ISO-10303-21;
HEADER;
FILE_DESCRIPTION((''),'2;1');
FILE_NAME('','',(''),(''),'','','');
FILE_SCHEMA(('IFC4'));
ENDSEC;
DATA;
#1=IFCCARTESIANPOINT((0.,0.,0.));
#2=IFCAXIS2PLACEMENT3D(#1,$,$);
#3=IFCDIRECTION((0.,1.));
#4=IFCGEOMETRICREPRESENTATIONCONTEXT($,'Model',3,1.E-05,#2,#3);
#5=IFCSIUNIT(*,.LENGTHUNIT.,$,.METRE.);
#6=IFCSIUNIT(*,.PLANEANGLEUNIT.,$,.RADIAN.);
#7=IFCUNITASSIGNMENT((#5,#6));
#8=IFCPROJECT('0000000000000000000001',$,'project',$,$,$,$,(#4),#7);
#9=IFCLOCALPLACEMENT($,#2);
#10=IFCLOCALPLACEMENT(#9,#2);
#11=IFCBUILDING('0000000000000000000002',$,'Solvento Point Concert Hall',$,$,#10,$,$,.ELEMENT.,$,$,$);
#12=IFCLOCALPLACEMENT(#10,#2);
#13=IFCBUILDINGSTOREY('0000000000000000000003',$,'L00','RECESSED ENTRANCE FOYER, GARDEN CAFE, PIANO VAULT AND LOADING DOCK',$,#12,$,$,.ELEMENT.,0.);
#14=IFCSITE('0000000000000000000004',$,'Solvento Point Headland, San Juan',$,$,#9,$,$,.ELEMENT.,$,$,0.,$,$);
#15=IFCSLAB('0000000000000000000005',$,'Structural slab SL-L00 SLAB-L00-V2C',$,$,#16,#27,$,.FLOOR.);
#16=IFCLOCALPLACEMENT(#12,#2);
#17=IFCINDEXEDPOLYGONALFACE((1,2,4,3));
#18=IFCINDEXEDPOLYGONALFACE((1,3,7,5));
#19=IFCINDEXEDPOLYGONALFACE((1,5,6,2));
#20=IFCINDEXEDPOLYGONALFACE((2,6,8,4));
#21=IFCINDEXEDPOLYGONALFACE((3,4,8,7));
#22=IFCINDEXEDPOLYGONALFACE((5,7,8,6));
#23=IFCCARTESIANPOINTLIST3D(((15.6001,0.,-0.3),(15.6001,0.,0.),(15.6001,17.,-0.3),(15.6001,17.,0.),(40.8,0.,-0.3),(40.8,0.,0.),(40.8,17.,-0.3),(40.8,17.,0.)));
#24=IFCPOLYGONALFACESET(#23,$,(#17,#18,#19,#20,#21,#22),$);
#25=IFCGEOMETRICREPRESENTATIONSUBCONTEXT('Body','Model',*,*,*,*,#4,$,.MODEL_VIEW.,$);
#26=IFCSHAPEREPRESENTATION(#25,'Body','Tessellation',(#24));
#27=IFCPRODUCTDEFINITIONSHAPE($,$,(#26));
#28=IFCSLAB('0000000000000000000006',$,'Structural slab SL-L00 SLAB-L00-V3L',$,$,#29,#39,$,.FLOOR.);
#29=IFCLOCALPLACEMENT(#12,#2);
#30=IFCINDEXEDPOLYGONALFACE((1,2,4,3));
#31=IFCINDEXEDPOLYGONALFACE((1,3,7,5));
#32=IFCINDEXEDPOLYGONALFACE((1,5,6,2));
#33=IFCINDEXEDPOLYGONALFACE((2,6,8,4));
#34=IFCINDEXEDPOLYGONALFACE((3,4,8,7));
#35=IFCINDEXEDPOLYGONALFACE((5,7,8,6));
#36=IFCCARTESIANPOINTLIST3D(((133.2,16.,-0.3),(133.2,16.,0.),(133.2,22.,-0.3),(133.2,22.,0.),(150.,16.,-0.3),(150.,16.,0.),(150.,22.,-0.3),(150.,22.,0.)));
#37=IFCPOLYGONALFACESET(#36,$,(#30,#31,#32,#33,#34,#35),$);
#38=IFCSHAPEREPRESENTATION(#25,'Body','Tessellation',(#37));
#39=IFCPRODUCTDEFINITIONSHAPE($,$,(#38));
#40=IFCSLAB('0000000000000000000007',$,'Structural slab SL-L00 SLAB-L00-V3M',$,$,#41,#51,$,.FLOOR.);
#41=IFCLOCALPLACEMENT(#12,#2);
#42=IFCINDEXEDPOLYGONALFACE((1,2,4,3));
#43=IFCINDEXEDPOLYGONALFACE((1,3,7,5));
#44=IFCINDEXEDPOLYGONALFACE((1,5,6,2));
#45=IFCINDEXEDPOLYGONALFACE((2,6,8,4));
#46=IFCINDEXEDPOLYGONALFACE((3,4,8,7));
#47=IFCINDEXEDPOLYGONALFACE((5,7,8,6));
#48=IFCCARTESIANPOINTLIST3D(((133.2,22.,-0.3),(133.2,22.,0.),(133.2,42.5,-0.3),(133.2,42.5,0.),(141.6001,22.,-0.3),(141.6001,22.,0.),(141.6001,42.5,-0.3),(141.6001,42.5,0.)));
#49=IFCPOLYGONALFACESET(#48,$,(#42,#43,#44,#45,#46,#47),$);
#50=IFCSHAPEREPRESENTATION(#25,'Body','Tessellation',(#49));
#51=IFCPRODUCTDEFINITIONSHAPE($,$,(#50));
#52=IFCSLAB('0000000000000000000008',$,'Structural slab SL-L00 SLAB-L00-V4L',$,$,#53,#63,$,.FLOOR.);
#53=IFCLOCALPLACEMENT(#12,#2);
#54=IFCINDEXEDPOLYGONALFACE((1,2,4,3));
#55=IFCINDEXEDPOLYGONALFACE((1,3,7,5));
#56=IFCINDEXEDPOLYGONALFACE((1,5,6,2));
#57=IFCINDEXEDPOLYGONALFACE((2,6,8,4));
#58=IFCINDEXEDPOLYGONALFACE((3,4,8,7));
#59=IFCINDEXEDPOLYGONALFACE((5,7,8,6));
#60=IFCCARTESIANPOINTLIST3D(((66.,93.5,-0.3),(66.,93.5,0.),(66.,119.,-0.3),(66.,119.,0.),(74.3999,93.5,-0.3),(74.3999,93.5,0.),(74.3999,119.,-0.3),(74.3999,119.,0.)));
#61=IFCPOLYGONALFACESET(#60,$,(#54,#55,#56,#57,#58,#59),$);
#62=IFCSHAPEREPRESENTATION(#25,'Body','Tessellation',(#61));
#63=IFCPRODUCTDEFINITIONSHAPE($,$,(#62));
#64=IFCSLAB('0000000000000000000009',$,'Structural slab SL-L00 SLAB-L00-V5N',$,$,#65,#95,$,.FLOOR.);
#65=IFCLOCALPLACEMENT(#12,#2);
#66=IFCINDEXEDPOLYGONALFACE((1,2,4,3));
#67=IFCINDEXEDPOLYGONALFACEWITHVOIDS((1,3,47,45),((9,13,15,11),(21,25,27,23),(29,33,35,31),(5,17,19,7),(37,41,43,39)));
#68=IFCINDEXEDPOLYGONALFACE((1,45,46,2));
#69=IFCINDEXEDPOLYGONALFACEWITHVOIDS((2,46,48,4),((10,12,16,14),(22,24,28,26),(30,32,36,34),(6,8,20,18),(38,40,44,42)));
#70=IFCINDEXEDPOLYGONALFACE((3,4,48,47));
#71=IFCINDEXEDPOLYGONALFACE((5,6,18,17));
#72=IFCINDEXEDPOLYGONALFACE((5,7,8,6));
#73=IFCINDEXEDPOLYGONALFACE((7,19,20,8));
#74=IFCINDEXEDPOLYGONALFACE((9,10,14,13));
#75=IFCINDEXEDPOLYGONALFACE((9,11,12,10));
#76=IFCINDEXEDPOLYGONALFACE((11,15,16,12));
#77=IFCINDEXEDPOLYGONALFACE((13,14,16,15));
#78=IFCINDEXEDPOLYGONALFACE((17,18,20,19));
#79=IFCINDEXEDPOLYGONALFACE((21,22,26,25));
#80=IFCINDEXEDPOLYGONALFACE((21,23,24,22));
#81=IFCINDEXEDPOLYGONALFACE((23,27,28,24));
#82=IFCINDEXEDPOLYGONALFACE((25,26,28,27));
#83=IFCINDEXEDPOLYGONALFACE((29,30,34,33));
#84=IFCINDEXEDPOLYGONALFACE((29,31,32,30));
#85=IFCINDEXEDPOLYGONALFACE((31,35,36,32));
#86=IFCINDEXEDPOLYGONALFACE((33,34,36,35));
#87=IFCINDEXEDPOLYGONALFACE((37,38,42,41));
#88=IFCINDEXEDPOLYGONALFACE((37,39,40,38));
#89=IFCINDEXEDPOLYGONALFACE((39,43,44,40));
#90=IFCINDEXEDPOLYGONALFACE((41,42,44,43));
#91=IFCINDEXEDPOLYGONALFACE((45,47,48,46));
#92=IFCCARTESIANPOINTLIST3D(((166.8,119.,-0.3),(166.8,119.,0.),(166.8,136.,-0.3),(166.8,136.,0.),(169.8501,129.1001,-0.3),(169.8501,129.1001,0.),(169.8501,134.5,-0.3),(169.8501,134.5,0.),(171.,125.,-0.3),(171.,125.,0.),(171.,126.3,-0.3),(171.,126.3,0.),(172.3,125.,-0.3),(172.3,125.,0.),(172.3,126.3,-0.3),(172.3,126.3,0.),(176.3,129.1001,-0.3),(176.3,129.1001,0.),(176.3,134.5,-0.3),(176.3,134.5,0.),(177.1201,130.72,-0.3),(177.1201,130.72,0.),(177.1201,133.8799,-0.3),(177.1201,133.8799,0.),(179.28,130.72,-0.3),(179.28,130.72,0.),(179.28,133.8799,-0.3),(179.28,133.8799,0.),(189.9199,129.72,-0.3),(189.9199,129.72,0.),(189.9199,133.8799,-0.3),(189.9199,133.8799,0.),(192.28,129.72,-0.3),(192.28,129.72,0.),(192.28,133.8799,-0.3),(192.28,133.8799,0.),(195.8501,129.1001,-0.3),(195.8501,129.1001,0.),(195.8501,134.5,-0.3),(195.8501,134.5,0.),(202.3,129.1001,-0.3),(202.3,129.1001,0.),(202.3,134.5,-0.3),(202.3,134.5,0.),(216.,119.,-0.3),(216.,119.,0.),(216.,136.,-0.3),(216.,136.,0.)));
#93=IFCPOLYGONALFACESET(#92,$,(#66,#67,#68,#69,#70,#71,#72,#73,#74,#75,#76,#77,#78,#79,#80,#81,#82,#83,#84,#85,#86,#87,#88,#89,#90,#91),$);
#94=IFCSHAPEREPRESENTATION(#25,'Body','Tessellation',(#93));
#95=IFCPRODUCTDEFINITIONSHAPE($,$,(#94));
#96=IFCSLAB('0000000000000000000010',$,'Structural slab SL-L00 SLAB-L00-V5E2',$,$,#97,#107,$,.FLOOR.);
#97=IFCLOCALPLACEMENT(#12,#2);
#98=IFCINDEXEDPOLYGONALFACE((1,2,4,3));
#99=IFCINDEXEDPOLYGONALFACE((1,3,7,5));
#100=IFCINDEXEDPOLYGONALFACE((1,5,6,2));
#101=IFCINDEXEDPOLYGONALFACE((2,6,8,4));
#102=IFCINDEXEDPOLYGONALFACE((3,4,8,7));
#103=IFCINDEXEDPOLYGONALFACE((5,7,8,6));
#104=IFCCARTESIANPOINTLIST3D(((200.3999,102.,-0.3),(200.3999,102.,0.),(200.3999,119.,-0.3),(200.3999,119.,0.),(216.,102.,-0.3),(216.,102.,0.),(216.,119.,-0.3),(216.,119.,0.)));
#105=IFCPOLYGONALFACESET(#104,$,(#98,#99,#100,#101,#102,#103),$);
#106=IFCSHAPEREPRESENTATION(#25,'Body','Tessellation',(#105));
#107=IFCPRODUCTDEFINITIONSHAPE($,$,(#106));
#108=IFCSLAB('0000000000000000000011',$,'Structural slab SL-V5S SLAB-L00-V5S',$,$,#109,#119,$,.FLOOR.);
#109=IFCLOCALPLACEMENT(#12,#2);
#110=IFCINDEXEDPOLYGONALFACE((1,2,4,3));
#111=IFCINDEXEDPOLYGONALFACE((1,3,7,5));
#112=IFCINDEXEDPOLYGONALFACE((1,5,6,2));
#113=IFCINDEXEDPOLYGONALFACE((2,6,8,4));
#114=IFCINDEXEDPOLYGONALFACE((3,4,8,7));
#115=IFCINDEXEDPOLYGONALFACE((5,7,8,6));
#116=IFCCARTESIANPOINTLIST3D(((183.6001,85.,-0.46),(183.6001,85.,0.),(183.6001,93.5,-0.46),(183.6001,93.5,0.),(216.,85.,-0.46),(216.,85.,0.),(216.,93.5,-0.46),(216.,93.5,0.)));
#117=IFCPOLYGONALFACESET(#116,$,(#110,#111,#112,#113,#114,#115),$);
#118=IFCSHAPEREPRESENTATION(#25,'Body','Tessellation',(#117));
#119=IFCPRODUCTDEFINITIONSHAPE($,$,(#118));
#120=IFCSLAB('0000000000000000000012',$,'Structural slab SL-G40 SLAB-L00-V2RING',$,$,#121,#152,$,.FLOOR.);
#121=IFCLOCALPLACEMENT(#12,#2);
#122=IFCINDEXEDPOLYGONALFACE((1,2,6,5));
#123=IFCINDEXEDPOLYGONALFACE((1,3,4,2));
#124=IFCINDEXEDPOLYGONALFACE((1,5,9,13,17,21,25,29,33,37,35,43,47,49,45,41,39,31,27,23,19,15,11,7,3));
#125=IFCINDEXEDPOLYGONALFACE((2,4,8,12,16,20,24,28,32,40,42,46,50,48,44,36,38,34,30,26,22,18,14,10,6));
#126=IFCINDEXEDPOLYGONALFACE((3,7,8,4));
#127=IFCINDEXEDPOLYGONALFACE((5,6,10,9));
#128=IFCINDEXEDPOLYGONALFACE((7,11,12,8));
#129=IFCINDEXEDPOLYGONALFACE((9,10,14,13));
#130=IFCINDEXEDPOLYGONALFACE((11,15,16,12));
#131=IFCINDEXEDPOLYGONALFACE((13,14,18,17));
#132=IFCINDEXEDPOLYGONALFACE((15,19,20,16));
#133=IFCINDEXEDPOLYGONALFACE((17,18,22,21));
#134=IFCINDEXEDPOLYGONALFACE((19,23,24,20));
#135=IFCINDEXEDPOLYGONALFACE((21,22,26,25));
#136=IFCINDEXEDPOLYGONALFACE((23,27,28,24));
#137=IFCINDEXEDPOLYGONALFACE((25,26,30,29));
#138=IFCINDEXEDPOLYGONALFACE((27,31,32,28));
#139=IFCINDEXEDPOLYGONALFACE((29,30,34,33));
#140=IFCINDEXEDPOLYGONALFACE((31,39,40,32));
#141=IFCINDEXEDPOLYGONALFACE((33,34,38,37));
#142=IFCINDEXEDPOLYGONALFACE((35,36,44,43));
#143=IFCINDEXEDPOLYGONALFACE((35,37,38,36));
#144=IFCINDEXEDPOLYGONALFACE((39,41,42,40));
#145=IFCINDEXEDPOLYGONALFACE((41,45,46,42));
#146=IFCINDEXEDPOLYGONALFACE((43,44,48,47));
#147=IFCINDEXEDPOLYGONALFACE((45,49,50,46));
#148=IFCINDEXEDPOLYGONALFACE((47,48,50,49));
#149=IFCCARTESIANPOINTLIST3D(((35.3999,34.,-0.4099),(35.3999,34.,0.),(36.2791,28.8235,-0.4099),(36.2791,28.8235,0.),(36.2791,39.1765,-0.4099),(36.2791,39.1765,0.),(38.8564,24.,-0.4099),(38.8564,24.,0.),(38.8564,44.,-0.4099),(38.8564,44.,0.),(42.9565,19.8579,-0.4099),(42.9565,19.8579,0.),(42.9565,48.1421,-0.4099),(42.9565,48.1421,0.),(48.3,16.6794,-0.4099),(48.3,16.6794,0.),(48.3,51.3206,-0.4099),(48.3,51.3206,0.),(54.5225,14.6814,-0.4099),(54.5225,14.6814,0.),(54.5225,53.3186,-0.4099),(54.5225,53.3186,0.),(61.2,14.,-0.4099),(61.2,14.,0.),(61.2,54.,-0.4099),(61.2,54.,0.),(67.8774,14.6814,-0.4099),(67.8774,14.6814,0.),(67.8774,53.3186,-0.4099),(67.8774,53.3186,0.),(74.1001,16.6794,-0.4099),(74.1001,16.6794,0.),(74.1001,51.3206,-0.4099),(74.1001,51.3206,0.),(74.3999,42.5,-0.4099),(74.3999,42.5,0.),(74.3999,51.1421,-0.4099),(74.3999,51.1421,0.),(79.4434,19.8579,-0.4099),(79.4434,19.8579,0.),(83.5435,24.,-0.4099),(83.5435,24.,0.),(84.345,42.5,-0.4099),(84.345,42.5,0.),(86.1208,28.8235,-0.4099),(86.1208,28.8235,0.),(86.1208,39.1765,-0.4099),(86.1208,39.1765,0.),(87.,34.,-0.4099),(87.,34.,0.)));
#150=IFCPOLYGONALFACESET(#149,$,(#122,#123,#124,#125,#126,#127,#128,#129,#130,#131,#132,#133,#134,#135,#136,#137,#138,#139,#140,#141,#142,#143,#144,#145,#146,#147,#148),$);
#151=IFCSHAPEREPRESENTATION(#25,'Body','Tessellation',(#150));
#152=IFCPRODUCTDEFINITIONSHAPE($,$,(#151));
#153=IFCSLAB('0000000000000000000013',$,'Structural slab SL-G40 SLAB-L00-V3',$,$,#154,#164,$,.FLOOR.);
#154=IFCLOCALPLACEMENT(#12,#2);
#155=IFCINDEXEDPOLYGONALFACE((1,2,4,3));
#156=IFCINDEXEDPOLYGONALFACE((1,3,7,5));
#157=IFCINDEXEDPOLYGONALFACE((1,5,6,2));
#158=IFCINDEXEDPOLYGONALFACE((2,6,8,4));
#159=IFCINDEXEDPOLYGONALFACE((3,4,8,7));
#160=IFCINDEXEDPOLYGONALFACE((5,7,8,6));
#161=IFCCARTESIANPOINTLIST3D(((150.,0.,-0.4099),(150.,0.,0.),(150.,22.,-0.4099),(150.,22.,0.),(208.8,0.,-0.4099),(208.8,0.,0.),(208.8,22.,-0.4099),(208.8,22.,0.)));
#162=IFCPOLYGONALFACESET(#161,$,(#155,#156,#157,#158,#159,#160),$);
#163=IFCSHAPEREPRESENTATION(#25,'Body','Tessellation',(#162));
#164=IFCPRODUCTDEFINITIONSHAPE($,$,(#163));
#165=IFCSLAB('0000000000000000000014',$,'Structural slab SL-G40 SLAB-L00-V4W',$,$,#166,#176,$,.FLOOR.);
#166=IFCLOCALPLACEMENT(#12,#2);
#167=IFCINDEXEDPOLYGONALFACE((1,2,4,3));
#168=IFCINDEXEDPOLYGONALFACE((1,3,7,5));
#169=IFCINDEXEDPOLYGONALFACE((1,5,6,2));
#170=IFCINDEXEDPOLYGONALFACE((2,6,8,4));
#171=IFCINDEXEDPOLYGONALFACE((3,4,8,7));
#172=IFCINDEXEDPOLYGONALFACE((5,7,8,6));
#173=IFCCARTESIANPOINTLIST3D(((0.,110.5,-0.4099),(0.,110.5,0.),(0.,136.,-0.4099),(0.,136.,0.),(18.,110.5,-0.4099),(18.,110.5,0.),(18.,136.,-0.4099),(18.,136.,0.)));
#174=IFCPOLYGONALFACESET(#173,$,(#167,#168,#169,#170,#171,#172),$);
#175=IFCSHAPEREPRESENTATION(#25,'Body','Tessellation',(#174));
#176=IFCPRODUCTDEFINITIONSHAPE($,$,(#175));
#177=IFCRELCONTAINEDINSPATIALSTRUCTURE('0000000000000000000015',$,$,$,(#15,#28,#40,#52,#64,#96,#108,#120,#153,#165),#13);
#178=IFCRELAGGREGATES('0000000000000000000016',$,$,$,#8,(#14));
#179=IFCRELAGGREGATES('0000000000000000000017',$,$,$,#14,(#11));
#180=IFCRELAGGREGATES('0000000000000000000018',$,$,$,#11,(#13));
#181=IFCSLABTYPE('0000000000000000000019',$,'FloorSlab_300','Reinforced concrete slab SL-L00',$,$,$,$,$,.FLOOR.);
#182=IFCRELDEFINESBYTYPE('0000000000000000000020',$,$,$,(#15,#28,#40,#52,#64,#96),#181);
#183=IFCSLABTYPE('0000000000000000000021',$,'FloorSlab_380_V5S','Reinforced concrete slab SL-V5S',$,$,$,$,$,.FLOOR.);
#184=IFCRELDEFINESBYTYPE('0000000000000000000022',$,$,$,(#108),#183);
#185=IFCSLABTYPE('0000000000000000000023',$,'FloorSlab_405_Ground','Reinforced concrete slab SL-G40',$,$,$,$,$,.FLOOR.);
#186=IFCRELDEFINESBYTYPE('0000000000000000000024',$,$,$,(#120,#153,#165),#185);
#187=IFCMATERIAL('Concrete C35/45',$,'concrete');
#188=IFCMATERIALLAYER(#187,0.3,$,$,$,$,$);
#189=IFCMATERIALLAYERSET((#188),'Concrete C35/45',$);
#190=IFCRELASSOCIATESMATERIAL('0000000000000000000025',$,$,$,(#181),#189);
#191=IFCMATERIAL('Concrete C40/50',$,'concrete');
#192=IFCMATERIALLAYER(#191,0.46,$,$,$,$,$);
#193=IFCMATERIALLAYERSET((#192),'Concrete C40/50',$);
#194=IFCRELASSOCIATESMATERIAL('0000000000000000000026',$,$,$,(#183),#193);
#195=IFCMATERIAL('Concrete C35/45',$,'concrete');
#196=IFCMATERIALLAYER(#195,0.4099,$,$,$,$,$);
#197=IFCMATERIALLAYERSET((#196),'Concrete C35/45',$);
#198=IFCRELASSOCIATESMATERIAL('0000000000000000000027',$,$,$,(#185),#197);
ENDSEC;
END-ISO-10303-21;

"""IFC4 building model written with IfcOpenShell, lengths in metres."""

from ifc_helpers import new_model, si_unit, direction, frame, origin, place, context, subcontext, project, spatial, polyline, outline, extrude, material, layer, layer_set, type_object, element, save


model = new_model("IFC4")

# Units and contexts
model_context = context("Model", 3, precision=1e-05, world=origin(), true_north=direction((0.0, 1.0)))
body_context = subcontext(model_context, "Body", "Model", "MODEL_VIEW")
ifc_project = project(units=[si_unit("LENGTHUNIT", "METRE"), si_unit("PLANEANGLEUNIT", "RADIAN")], contexts=[model_context])

# Site, building, storey
site_placement = place(None, origin())
site = spatial("IfcSite", under=ifc_project, at=site_placement, Name="Solvento Point Headland, San Juan", CompositionType="ELEMENT", RefElevation=0.0)
building_placement = place(site_placement, origin())
building = spatial("IfcBuilding", under=site, at=building_placement, Name="Solvento Point Concert Hall", CompositionType="ELEMENT")
storey_placement = place(building_placement, origin())
storey = spatial("IfcBuildingStorey", under=building, at=storey_placement, Name="L00", Description="RECESSED ENTRANCE FOYER, GARDEN CAFE, PIANO VAULT AND LOADING DOCK", CompositionType="ELEMENT", Elevation=0.0)

# Slabs
ifc_material_1 = material(Name="Concrete C35/45", Category="concrete")
ifc_layer_1 = layer(ifc_material_1, 0.3)
ifc_layer_set_1 = layer_set([ifc_layer_1], Name="Concrete C35/45")
slab_type_1 = type_object("IfcSlabType", Name="FloorSlab_300", Description="Reinforced concrete slab SL-L00", PredefinedType="FLOOR", material=ifc_layer_set_1)
slab_1_placement = place(storey_placement, frame((0.0, 0.0, -0.3)))
element("IfcSlab", 1, at=slab_1_placement, inside=storey, type_object=slab_type_1, Name="Structural slab SL-L00 SLAB-L00-V2C", PredefinedType="FLOOR", context=body_context, shape_type="SweptSolid", body=[
    extrude(outline(polyline([(15.6001, 17.0), (40.8, 17.0), (40.8, 0.0), (15.6001, 0.0), (15.6001, 17.0)])), origin(), (0.0, 0.0, 1.0), 0.3),
])
slab_2_placement = place(storey_placement, frame((0.0, 0.0, -0.3)))
element("IfcSlab", 2, at=slab_2_placement, inside=storey, type_object=slab_type_1, Name="Structural slab SL-L00 SLAB-L00-V3L", PredefinedType="FLOOR", context=body_context, shape_type="SweptSolid", body=[
    extrude(outline(polyline([(133.2, 22.0), (150.0, 22.0), (150.0, 16.0), (133.2, 16.0), (133.2, 22.0)])), origin(), (0.0, 0.0, 1.0), 0.3),
])
slab_3_placement = place(storey_placement, frame((0.0, 0.0, -0.3)))
element("IfcSlab", 3, at=slab_3_placement, inside=storey, type_object=slab_type_1, Name="Structural slab SL-L00 SLAB-L00-V3M", PredefinedType="FLOOR", context=body_context, shape_type="SweptSolid", body=[
    extrude(outline(polyline([(133.2, 42.5), (141.6001, 42.5), (141.6001, 22.0), (133.2, 22.0), (133.2, 42.5)])), origin(), (0.0, 0.0, 1.0), 0.3),
])
slab_4_placement = place(storey_placement, frame((0.0, 0.0, -0.3)))
element("IfcSlab", 4, at=slab_4_placement, inside=storey, type_object=slab_type_1, Name="Structural slab SL-L00 SLAB-L00-V4L", PredefinedType="FLOOR", context=body_context, shape_type="SweptSolid", body=[
    extrude(outline(polyline([(66.0, 119.0), (74.3999, 119.0), (74.3999, 93.5), (66.0, 93.5), (66.0, 119.0)])), origin(), (0.0, 0.0, 1.0), 0.3),
])
slab_5_placement = place(storey_placement, frame((0.0, 0.0, -0.3)))
element("IfcSlab", 5, at=slab_5_placement, inside=storey, type_object=slab_type_1, Name="Structural slab SL-L00 SLAB-L00-V5N", PredefinedType="FLOOR", context=body_context, shape_type="SweptSolid", body=[
    extrude(outline(polyline([(166.8, 136.0), (216.0, 136.0), (216.0, 119.0), (166.8, 119.0), (166.8, 136.0)]), holes=[polyline([(202.3, 134.5), (195.8501, 134.5), (195.8501, 129.1001), (202.3, 129.1001), (202.3, 134.5)]), polyline([(192.28, 133.8799), (189.9199, 133.8799), (189.9199, 129.72), (192.28, 129.72), (192.28, 133.8799)]), polyline([(179.28, 133.8799), (177.1201, 133.8799), (177.1201, 130.72), (179.28, 130.72), (179.28, 133.8799)]), polyline([(176.3, 134.5), (169.8501, 134.5), (169.8501, 129.1001), (176.3, 129.1001), (176.3, 134.5)]), polyline([(172.3, 126.3), (171.0, 126.3), (171.0, 125.0), (172.3, 125.0), (172.3, 126.3)])]), origin(), (0.0, 0.0, 1.0), 0.3),
])
slab_6_placement = place(storey_placement, frame((0.0, 0.0, -0.3)))
element("IfcSlab", 6, at=slab_6_placement, inside=storey, type_object=slab_type_1, Name="Structural slab SL-L00 SLAB-L00-V5E2", PredefinedType="FLOOR", context=body_context, shape_type="SweptSolid", body=[
    extrude(outline(polyline([(200.3999, 119.0), (216.0, 119.0), (216.0, 102.0), (200.3999, 102.0), (200.3999, 119.0)])), origin(), (0.0, 0.0, 1.0), 0.3),
])
ifc_material_2 = material(Name="Concrete C40/50", Category="concrete")
ifc_layer_2 = layer(ifc_material_2, 0.46)
ifc_layer_set_2 = layer_set([ifc_layer_2], Name="Concrete C40/50")
slab_type_2 = type_object("IfcSlabType", Name="FloorSlab_380_V5S", Description="Reinforced concrete slab SL-V5S", PredefinedType="FLOOR", material=ifc_layer_set_2)
slab_7_placement = place(storey_placement, frame((0.0, 0.0, -0.46)))
element("IfcSlab", 7, at=slab_7_placement, inside=storey, type_object=slab_type_2, Name="Structural slab SL-V5S SLAB-L00-V5S", PredefinedType="FLOOR", context=body_context, shape_type="SweptSolid", body=[
    extrude(outline(polyline([(183.6001, 93.5), (216.0, 93.5), (216.0, 85.0), (183.6001, 85.0), (183.6001, 93.5)])), origin(), (0.0, 0.0, 1.0), 0.46),
])
ifc_material_3 = material(Name="Concrete C35/45", Category="concrete")
ifc_layer_3 = layer(ifc_material_3, 0.4099)
ifc_layer_set_3 = layer_set([ifc_layer_3], Name="Concrete C35/45")
slab_type_3 = type_object("IfcSlabType", Name="FloorSlab_405_Ground", Description="Reinforced concrete slab SL-G40", PredefinedType="FLOOR", material=ifc_layer_set_3)
slab_8_placement = place(storey_placement, frame((0.0, 0.0, -0.4099)))
element("IfcSlab", 8, at=slab_8_placement, inside=storey, type_object=slab_type_3, Name="Structural slab SL-G40 SLAB-L00-V2RING", PredefinedType="FLOOR", context=body_context, shape_type="SweptSolid", body=[
    extrude(outline(polyline([(83.5435, 24.0), (79.4434, 19.8579), (74.1001, 16.6794), (67.8774, 14.6814), (61.2, 14.0), (54.5225, 14.6814), (48.3, 16.6794), (42.9565, 19.8579), (38.8564, 24.0), (36.2791, 28.8235), (35.3999, 34.0), (36.2791, 39.1765), (38.8564, 44.0), (42.9565, 48.1421), (48.3, 51.3206), (54.5225, 53.3186), (61.2, 54.0), (67.8774, 53.3186), (74.1001, 51.3206), (74.3999, 51.1421), (74.3999, 42.5), (84.345, 42.5), (86.1208, 39.1765), (87.0, 34.0), (86.1208, 28.8235), (83.5435, 24.0)])), origin(), (0.0, 0.0, 1.0), 0.4099),
])
slab_9_placement = place(storey_placement, frame((0.0, 0.0, -0.4099)))
element("IfcSlab", 9, at=slab_9_placement, inside=storey, type_object=slab_type_3, Name="Structural slab SL-G40 SLAB-L00-V3", PredefinedType="FLOOR", context=body_context, shape_type="SweptSolid", body=[
    extrude(outline(polyline([(150.0, 22.0), (208.8, 22.0), (208.8, 0.0), (150.0, 0.0), (150.0, 22.0)])), origin(), (0.0, 0.0, 1.0), 0.4099),
])
slab_10_placement = place(storey_placement, frame((0.0, 0.0, -0.4099)))
element("IfcSlab", 10, at=slab_10_placement, inside=storey, type_object=slab_type_3, Name="Structural slab SL-G40 SLAB-L00-V4W", PredefinedType="FLOOR", context=body_context, shape_type="SweptSolid", body=[
    extrude(outline(polyline([(0.0, 136.0), (18.0, 136.0), (18.0, 110.5), (0.0, 110.5), (0.0, 136.0)])), origin(), (0.0, 0.0, 1.0), 0.4099),
])

save(model, "model.ifc")
